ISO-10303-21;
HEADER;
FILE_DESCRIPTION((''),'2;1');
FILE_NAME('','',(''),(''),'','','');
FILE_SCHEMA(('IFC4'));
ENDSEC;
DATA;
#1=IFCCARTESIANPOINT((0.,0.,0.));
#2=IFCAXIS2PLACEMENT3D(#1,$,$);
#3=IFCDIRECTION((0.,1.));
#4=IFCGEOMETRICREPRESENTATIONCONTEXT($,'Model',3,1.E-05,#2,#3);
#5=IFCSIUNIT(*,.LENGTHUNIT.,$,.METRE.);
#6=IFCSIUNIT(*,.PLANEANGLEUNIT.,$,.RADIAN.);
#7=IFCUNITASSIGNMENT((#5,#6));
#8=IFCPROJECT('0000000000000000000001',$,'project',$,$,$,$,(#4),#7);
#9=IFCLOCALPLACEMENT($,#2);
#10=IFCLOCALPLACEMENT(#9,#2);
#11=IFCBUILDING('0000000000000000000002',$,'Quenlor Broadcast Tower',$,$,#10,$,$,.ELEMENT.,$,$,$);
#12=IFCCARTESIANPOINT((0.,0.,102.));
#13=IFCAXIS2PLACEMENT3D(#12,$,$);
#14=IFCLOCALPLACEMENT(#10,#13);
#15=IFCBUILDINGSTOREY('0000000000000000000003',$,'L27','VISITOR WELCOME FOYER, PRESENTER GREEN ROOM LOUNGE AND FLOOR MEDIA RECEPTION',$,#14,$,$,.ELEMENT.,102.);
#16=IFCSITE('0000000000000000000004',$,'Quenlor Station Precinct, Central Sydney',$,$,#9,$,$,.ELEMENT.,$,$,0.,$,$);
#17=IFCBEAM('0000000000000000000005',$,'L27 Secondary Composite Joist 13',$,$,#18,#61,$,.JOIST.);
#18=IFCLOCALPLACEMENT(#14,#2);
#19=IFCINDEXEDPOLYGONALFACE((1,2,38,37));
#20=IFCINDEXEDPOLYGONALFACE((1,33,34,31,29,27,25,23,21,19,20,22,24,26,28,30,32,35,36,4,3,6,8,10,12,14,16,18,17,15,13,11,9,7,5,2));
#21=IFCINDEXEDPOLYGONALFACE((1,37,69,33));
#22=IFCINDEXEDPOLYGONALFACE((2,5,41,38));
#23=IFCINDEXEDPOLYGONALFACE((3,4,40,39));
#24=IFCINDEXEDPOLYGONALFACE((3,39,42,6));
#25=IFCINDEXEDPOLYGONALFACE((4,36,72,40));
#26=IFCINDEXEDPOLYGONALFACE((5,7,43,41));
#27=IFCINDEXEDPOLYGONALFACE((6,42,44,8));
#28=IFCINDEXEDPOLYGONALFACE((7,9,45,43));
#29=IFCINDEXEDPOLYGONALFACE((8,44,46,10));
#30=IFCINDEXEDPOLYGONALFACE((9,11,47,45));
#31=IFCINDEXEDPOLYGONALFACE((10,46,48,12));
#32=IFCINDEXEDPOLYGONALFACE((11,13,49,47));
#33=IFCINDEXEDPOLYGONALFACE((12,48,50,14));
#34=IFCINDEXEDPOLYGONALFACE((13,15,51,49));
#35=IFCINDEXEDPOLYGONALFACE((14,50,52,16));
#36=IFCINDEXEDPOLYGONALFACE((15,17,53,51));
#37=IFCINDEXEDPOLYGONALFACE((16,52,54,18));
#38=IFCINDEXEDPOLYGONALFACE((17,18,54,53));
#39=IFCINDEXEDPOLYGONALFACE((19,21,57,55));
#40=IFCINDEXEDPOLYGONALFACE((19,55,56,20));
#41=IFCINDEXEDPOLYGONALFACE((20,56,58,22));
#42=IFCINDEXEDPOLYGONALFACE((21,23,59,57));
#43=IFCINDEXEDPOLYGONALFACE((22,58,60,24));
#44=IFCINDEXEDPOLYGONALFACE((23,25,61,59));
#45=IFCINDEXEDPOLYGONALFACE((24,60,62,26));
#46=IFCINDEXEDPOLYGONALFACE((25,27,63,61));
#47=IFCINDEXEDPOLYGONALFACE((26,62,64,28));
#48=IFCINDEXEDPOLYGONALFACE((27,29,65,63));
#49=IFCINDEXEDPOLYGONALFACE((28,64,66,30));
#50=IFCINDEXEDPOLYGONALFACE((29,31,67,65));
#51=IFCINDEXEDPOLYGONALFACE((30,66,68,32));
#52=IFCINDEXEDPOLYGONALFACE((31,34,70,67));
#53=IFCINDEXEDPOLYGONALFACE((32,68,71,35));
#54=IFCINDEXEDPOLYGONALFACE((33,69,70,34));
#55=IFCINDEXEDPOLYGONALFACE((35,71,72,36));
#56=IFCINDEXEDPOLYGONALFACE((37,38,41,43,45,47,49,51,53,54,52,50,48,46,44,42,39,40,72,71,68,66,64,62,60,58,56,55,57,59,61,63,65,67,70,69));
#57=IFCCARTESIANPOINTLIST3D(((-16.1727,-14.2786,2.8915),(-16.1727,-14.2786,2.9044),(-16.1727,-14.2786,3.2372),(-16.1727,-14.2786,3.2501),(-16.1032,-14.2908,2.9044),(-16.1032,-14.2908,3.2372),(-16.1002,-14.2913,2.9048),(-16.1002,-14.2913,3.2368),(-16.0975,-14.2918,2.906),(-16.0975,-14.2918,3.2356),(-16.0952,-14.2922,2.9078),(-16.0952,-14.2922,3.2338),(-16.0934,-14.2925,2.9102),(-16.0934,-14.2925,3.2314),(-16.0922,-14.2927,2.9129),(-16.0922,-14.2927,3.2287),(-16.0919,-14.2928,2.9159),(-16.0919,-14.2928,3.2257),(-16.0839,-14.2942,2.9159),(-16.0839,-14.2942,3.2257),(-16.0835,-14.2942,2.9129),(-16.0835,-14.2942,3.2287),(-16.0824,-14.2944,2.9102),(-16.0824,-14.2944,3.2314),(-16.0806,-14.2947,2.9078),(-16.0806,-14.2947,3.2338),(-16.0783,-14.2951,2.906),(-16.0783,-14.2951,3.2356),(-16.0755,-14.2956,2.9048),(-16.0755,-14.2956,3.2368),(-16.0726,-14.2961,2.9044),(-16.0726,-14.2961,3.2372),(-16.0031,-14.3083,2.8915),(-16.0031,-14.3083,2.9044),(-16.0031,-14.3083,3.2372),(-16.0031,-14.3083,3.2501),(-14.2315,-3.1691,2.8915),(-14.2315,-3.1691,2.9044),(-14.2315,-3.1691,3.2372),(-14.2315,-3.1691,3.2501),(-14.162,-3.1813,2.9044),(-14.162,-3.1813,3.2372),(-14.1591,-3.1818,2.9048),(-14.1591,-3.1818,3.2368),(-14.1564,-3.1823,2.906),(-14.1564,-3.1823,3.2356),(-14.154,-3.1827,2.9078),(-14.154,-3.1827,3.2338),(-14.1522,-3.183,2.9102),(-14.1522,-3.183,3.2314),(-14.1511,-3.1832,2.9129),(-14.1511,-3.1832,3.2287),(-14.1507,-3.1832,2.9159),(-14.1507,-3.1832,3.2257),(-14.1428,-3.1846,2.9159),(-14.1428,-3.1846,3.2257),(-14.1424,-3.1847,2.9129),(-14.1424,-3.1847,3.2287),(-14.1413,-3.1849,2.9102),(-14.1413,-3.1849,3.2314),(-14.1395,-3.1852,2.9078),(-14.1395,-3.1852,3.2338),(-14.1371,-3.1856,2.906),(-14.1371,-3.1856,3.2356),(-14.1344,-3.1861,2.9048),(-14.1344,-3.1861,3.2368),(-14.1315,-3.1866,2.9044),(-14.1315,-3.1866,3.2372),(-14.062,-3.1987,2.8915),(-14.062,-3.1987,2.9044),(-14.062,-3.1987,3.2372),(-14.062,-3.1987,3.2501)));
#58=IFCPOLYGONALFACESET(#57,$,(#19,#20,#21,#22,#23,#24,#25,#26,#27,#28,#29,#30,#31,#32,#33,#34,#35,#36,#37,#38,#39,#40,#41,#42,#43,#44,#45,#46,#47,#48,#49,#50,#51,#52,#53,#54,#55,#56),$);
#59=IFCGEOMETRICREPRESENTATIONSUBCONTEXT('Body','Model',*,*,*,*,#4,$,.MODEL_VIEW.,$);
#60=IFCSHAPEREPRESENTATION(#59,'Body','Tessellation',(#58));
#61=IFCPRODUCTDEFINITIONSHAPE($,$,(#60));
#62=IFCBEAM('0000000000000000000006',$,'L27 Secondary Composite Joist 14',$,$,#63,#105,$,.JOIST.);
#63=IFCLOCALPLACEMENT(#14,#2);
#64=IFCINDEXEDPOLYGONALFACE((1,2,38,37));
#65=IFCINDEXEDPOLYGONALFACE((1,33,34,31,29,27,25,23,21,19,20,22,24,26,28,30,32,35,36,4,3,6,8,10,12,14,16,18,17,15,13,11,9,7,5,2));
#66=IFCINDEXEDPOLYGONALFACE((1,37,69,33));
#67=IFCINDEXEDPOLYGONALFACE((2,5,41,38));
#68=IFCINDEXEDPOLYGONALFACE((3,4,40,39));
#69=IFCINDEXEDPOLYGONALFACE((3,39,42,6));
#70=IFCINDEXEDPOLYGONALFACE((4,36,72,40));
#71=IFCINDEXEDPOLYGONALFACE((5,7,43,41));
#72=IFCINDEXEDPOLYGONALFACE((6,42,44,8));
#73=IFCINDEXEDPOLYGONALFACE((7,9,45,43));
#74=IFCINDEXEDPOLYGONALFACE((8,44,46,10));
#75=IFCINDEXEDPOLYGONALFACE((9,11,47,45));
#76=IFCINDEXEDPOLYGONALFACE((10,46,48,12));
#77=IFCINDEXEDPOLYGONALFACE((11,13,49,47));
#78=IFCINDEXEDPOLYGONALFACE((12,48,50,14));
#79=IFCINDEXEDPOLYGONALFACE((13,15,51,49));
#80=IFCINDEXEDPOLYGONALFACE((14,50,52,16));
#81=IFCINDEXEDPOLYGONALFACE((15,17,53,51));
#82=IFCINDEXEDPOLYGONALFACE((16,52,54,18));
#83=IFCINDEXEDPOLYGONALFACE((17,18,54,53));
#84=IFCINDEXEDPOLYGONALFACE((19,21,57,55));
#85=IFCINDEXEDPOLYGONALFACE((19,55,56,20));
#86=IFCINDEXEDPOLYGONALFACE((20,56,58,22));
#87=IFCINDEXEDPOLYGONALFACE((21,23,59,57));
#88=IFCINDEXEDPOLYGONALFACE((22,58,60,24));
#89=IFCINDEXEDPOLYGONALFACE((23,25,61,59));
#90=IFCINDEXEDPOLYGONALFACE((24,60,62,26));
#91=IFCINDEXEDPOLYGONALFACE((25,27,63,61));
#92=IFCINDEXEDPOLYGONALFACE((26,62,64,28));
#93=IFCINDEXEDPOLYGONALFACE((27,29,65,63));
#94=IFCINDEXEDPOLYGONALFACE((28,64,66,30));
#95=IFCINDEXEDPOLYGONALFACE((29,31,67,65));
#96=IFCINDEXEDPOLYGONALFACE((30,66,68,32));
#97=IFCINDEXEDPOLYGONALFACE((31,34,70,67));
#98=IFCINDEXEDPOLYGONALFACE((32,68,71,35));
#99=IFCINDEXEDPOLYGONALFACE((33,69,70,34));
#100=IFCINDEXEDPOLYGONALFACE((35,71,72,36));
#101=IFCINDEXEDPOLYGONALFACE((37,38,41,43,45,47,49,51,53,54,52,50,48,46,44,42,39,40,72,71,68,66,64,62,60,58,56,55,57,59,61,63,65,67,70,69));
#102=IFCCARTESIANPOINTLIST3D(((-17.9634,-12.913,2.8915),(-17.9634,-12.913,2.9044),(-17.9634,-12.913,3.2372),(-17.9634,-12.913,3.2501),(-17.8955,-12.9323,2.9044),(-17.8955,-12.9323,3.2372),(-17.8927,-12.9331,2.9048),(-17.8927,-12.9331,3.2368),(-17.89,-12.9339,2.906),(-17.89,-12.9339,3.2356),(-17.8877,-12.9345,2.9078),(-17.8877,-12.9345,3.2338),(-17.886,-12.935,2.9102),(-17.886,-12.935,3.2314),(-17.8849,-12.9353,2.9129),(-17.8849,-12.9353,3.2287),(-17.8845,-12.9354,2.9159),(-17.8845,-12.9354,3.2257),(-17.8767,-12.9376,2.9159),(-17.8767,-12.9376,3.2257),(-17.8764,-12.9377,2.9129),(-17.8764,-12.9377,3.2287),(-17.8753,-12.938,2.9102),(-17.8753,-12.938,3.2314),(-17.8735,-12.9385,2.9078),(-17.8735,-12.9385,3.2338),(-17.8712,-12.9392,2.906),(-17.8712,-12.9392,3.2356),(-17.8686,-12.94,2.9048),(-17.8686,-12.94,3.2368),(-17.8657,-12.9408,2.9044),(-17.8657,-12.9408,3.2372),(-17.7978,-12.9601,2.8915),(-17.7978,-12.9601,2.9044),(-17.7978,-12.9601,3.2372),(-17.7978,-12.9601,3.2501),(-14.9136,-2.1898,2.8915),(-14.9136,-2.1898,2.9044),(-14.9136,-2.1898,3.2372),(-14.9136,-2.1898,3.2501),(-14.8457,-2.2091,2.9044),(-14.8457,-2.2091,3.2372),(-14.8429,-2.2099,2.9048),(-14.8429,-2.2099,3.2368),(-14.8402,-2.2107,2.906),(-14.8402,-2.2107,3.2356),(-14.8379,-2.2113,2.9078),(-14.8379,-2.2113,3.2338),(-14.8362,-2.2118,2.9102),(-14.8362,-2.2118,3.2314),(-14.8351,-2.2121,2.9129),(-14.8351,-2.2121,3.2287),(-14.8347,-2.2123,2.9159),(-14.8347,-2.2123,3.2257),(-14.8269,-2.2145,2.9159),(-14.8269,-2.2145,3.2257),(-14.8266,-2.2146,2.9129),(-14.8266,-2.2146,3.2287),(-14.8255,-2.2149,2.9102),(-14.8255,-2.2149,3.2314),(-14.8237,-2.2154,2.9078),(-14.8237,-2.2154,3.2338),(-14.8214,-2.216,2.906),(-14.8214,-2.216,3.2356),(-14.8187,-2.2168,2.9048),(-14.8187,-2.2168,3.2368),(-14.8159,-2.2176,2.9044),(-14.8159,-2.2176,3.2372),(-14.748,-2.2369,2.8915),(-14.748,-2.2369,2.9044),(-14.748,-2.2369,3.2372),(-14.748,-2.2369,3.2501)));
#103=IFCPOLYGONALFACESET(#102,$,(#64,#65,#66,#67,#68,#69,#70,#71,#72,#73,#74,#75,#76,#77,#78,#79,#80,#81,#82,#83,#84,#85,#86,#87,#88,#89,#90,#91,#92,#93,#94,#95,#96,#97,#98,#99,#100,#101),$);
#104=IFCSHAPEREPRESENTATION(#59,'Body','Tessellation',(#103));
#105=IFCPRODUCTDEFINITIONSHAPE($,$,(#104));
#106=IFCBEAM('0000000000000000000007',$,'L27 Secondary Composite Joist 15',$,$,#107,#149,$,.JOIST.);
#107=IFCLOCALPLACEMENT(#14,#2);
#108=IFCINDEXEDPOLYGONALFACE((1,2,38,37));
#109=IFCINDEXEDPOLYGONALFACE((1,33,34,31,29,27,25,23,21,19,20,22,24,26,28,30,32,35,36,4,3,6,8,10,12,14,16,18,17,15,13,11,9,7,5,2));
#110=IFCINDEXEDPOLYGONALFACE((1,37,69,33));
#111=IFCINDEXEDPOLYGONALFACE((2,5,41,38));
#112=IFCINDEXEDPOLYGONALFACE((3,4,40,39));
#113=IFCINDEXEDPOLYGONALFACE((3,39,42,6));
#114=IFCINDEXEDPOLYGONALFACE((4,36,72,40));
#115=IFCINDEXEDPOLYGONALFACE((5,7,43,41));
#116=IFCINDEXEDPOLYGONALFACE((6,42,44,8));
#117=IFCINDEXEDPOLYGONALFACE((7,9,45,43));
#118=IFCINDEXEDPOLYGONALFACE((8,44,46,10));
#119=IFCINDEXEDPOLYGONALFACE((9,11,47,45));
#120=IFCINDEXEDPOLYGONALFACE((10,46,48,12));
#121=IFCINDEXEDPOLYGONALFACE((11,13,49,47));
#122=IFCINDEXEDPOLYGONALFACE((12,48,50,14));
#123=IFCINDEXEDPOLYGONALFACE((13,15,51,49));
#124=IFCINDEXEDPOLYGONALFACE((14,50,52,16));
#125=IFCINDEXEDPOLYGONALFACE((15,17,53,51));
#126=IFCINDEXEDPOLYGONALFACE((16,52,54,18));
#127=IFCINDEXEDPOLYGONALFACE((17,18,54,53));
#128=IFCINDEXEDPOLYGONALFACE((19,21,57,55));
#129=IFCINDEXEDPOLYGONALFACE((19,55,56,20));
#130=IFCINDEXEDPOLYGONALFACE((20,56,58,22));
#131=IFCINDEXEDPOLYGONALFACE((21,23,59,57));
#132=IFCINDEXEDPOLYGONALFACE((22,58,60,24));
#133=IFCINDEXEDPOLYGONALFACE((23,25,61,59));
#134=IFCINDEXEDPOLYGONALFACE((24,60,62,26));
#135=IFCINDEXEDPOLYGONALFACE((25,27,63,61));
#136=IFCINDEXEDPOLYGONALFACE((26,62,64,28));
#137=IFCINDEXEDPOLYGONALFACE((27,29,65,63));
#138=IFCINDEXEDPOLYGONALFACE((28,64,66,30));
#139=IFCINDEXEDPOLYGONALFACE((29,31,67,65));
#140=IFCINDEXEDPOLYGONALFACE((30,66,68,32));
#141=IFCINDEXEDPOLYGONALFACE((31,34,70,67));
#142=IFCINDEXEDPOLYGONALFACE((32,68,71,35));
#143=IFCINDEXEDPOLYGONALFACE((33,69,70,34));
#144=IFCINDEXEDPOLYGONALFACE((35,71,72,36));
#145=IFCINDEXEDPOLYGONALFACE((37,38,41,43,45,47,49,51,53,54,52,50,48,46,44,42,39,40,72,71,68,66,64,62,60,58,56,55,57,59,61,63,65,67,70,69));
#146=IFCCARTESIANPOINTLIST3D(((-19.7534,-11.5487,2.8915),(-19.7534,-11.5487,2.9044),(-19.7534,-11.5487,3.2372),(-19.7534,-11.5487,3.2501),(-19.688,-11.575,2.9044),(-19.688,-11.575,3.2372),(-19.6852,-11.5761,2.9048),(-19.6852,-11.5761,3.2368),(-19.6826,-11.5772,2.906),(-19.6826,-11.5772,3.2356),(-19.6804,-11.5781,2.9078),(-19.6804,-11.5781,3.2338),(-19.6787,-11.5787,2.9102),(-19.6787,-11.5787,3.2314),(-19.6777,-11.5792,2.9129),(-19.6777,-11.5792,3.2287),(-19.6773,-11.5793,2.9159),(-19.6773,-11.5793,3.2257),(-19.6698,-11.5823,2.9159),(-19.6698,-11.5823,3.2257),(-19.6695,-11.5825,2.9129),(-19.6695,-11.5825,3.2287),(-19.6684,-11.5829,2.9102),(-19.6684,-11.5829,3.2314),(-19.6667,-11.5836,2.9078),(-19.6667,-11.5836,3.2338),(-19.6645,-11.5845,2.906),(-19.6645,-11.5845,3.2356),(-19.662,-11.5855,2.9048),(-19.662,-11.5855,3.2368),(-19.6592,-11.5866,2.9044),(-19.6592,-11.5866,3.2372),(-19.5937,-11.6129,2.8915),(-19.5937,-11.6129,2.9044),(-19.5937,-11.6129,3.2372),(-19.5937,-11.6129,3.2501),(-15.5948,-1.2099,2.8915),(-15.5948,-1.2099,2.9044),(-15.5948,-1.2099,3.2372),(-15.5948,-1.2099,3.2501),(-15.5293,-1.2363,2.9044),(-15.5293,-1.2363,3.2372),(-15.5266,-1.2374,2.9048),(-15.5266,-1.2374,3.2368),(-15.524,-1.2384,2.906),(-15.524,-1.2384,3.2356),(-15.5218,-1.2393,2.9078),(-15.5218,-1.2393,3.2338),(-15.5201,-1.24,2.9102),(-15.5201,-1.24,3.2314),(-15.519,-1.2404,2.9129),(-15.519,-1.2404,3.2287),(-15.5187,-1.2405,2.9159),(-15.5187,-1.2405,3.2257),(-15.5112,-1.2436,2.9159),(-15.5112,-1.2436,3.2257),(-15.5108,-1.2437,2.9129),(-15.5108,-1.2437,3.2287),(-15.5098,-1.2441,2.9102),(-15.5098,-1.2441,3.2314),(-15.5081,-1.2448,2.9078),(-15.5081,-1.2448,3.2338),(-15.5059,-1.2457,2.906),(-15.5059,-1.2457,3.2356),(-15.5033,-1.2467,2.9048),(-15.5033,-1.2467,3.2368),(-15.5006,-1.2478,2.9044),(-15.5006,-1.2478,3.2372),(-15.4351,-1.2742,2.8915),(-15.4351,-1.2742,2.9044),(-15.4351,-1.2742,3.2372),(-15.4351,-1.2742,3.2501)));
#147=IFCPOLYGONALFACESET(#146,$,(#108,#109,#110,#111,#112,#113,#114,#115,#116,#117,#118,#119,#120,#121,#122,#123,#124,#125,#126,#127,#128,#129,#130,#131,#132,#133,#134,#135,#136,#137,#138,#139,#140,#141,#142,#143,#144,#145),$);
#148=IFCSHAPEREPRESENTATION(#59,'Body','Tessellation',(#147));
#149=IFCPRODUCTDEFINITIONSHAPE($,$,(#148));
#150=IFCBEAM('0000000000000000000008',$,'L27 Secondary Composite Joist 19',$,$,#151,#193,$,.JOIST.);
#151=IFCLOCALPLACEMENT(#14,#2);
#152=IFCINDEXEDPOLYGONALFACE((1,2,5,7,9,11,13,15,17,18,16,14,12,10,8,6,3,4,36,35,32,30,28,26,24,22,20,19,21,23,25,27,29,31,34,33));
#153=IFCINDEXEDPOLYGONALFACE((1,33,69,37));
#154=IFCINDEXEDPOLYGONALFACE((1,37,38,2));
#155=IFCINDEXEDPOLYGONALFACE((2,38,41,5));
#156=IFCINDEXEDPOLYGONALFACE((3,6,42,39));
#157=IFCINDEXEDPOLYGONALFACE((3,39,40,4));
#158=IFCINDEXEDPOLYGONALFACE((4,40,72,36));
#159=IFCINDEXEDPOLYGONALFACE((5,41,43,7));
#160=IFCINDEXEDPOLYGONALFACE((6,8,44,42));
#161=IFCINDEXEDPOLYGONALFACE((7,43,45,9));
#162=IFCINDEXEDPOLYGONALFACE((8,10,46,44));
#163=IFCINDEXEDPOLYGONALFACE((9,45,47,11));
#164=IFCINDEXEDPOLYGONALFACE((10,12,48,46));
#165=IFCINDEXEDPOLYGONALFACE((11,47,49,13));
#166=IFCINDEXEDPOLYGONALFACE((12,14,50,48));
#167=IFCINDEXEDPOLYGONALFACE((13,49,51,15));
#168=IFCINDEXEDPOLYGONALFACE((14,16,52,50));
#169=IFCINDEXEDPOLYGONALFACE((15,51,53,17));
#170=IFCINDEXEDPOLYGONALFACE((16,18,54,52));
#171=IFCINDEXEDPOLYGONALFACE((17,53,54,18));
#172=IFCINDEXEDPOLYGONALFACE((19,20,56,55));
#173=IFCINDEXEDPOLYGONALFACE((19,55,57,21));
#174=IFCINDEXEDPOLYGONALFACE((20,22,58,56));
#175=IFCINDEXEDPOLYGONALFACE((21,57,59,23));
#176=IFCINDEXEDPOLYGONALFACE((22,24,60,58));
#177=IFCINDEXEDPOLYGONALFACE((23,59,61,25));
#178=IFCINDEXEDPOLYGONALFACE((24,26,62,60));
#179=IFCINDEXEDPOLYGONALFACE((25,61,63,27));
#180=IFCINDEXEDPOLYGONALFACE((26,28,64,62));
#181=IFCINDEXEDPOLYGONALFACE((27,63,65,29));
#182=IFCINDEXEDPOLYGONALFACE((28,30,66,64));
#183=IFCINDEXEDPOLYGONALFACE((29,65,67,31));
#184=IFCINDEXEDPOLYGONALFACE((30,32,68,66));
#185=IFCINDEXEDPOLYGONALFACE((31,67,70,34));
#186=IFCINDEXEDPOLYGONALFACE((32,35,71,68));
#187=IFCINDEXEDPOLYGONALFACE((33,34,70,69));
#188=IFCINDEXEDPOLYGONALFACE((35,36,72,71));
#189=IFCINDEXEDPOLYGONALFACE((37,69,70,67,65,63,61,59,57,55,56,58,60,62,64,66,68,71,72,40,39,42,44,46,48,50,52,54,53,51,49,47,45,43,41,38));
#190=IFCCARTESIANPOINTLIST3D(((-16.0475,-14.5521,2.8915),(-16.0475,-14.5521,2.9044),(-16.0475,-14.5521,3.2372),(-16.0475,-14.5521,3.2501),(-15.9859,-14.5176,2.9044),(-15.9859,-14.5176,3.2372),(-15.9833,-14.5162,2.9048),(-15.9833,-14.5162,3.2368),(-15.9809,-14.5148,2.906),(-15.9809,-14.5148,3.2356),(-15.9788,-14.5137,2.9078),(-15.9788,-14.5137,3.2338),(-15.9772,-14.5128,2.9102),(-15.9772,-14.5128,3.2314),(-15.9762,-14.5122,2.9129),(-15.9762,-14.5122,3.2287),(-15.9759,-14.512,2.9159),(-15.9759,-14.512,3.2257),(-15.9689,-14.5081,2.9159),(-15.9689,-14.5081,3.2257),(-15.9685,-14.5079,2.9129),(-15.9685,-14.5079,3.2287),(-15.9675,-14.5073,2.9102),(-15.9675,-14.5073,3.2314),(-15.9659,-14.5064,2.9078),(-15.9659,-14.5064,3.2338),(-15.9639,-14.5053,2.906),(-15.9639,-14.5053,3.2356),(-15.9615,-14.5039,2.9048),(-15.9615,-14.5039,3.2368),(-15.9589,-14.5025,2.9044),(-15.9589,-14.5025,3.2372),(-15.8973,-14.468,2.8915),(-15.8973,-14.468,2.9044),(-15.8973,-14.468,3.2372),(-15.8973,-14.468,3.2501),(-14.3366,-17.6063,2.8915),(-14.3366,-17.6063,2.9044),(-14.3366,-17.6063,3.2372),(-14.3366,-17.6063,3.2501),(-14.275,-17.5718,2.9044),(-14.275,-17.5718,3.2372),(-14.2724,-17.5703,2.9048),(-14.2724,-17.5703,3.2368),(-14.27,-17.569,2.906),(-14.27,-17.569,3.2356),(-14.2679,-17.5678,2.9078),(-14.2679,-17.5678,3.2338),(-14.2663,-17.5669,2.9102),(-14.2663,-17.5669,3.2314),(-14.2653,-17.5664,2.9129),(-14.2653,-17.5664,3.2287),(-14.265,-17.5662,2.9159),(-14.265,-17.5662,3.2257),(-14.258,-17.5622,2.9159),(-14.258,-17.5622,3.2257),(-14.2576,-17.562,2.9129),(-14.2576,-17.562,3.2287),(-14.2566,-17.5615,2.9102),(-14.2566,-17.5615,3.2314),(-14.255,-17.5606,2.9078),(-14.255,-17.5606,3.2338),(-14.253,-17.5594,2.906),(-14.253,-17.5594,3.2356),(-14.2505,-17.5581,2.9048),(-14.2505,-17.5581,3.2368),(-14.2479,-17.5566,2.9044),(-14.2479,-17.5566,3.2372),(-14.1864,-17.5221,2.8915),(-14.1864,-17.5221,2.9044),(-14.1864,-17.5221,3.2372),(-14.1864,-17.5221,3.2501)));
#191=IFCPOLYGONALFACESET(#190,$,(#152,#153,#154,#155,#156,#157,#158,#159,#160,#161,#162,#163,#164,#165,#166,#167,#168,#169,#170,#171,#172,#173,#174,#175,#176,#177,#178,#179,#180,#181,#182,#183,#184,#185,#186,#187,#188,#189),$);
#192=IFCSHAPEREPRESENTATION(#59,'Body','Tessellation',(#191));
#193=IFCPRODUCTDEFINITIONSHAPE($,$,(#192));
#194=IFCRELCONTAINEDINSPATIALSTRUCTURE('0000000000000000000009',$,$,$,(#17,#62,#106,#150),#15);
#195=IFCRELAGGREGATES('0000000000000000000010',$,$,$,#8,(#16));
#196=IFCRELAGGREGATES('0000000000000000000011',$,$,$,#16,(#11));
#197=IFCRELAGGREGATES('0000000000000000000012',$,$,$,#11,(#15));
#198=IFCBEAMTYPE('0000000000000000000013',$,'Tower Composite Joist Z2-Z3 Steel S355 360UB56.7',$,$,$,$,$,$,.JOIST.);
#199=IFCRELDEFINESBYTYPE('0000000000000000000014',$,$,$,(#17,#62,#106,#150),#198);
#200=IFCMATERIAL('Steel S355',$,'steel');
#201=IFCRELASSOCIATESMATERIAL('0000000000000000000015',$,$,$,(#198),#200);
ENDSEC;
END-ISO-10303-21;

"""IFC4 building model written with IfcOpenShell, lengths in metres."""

from ifc_helpers import new_model, si_unit, direction, frame, origin, origin_2d, place, context, subcontext, project, spatial, i_section, extrude, material, material_profile, profile_set, type_object, element, save


model = new_model("IFC4")

# Units and contexts
model_context = context("Model", 3, precision=1e-05, world=origin(), true_north=direction((0.0, 1.0)))
body_context = subcontext(model_context, "Body", "Model", "MODEL_VIEW")
ifc_project = project(units=[si_unit("LENGTHUNIT", "METRE"), si_unit("PLANEANGLEUNIT", "RADIAN")], contexts=[model_context])

# Site, building, storey
site_placement = place(None, origin())
site = spatial("IfcSite", under=ifc_project, at=site_placement, Name="Quenlor Station Precinct, Central Sydney", CompositionType="ELEMENT", RefElevation=0.0)
building_placement = place(site_placement, origin())
building = spatial("IfcBuilding", under=site, at=building_placement, Name="Quenlor Broadcast Tower", CompositionType="ELEMENT")
storey_placement = place(building_placement, frame((0.0, 0.0, 102.0)))
storey = spatial("IfcBuildingStorey", under=building, at=storey_placement, Name="L27", Description="VISITOR WELCOME FOYER, PRESENTER GREEN ROOM LOUNGE AND FLOOR MEDIA RECEPTION", CompositionType="ELEMENT", Elevation=102.0)

# Beams
ifc_material_1 = material(Name="Steel S355", Category="steel")
ifc_material_profile_1 = material_profile(ifc_material_1, i_section(OverallWidth=0.1721, OverallDepth=0.3586, WebThickness=0.0081, FlangeThickness=0.0129, FilletRadius=0.0115, at=origin_2d()))
ifc_profile_set_1 = profile_set([ifc_material_profile_1], Name="Steel S355 360UB56.7")
beam_type_1 = type_object("IfcBeamType", Name="Tower Composite Joist Z2-Z3 Steel S355 360UB56.7", PredefinedType="JOIST", material=ifc_profile_set_1)
beam_1_placement = place(storey_placement, frame((-16.0879, -14.2935, 3.0708), z_axis=(0.17212, 0.985076, 0.0), x_axis=(-0.985076, 0.17212, 0.0)))
element("IfcBeam", 1, at=beam_1_placement, inside=storey, type_object=beam_type_1, Name="L27 Secondary Composite Joist 13", PredefinedType="JOIST", context=body_context, shape_type="SweptSolid", body=[
    extrude(i_section(OverallWidth=0.1721, OverallDepth=0.3586, WebThickness=0.0081, FlangeThickness=0.0129, FilletRadius=0.0115, at=origin_2d()), origin(), (0.0, 0.0, 1.0), 11.2778),
])
beam_2_placement = place(storey_placement, frame((-17.8806, -12.9365, 3.0708), z_axis=(0.273564, 0.961854, 0.0), x_axis=(-0.961854, 0.273564, 0.0)))
element("IfcBeam", 2, at=beam_2_placement, inside=storey, type_object=beam_type_1, Name="L27 Secondary Composite Joist 14", PredefinedType="JOIST", context=body_context, shape_type="SweptSolid", body=[
    extrude(i_section(OverallWidth=0.1721, OverallDepth=0.3586, WebThickness=0.0081, FlangeThickness=0.0129, FilletRadius=0.0115, at=origin_2d()), origin(), (0.0, 0.0, 1.0), 11.1484),
])
beam_3_placement = place(storey_placement, frame((-19.6736, -11.5808, 3.0708), z_axis=(0.37318, 0.927759, 0.0), x_axis=(-0.927759, 0.37318, 0.0)))
element("IfcBeam", 3, at=beam_3_placement, inside=storey, type_object=beam_type_1, Name="L27 Secondary Composite Joist 15", PredefinedType="JOIST", context=body_context, shape_type="SweptSolid", body=[
    extrude(i_section(OverallWidth=0.1721, OverallDepth=0.3586, WebThickness=0.0081, FlangeThickness=0.0129, FilletRadius=0.0115, at=origin_2d()), origin(), (0.0, 0.0, 1.0), 11.1438),
])
beam_4_placement = place(storey_placement, frame((-14.2615, -17.5642, 3.0708), z_axis=(-0.488731, 0.872435, 0.0), x_axis=(-0.872435, -0.488731, 0.0)))
element("IfcBeam", 4, at=beam_4_placement, inside=storey, type_object=beam_type_1, Name="L27 Secondary Composite Joist 19", PredefinedType="JOIST", context=body_context, shape_type="SweptSolid", body=[
    extrude(i_section(OverallWidth=0.1721, OverallDepth=0.3586, WebThickness=0.0081, FlangeThickness=0.0129, FilletRadius=0.0115, at=origin_2d()), origin(), (0.0, 0.0, 1.0), 3.5007),
])

save(model, "model.ifc")
